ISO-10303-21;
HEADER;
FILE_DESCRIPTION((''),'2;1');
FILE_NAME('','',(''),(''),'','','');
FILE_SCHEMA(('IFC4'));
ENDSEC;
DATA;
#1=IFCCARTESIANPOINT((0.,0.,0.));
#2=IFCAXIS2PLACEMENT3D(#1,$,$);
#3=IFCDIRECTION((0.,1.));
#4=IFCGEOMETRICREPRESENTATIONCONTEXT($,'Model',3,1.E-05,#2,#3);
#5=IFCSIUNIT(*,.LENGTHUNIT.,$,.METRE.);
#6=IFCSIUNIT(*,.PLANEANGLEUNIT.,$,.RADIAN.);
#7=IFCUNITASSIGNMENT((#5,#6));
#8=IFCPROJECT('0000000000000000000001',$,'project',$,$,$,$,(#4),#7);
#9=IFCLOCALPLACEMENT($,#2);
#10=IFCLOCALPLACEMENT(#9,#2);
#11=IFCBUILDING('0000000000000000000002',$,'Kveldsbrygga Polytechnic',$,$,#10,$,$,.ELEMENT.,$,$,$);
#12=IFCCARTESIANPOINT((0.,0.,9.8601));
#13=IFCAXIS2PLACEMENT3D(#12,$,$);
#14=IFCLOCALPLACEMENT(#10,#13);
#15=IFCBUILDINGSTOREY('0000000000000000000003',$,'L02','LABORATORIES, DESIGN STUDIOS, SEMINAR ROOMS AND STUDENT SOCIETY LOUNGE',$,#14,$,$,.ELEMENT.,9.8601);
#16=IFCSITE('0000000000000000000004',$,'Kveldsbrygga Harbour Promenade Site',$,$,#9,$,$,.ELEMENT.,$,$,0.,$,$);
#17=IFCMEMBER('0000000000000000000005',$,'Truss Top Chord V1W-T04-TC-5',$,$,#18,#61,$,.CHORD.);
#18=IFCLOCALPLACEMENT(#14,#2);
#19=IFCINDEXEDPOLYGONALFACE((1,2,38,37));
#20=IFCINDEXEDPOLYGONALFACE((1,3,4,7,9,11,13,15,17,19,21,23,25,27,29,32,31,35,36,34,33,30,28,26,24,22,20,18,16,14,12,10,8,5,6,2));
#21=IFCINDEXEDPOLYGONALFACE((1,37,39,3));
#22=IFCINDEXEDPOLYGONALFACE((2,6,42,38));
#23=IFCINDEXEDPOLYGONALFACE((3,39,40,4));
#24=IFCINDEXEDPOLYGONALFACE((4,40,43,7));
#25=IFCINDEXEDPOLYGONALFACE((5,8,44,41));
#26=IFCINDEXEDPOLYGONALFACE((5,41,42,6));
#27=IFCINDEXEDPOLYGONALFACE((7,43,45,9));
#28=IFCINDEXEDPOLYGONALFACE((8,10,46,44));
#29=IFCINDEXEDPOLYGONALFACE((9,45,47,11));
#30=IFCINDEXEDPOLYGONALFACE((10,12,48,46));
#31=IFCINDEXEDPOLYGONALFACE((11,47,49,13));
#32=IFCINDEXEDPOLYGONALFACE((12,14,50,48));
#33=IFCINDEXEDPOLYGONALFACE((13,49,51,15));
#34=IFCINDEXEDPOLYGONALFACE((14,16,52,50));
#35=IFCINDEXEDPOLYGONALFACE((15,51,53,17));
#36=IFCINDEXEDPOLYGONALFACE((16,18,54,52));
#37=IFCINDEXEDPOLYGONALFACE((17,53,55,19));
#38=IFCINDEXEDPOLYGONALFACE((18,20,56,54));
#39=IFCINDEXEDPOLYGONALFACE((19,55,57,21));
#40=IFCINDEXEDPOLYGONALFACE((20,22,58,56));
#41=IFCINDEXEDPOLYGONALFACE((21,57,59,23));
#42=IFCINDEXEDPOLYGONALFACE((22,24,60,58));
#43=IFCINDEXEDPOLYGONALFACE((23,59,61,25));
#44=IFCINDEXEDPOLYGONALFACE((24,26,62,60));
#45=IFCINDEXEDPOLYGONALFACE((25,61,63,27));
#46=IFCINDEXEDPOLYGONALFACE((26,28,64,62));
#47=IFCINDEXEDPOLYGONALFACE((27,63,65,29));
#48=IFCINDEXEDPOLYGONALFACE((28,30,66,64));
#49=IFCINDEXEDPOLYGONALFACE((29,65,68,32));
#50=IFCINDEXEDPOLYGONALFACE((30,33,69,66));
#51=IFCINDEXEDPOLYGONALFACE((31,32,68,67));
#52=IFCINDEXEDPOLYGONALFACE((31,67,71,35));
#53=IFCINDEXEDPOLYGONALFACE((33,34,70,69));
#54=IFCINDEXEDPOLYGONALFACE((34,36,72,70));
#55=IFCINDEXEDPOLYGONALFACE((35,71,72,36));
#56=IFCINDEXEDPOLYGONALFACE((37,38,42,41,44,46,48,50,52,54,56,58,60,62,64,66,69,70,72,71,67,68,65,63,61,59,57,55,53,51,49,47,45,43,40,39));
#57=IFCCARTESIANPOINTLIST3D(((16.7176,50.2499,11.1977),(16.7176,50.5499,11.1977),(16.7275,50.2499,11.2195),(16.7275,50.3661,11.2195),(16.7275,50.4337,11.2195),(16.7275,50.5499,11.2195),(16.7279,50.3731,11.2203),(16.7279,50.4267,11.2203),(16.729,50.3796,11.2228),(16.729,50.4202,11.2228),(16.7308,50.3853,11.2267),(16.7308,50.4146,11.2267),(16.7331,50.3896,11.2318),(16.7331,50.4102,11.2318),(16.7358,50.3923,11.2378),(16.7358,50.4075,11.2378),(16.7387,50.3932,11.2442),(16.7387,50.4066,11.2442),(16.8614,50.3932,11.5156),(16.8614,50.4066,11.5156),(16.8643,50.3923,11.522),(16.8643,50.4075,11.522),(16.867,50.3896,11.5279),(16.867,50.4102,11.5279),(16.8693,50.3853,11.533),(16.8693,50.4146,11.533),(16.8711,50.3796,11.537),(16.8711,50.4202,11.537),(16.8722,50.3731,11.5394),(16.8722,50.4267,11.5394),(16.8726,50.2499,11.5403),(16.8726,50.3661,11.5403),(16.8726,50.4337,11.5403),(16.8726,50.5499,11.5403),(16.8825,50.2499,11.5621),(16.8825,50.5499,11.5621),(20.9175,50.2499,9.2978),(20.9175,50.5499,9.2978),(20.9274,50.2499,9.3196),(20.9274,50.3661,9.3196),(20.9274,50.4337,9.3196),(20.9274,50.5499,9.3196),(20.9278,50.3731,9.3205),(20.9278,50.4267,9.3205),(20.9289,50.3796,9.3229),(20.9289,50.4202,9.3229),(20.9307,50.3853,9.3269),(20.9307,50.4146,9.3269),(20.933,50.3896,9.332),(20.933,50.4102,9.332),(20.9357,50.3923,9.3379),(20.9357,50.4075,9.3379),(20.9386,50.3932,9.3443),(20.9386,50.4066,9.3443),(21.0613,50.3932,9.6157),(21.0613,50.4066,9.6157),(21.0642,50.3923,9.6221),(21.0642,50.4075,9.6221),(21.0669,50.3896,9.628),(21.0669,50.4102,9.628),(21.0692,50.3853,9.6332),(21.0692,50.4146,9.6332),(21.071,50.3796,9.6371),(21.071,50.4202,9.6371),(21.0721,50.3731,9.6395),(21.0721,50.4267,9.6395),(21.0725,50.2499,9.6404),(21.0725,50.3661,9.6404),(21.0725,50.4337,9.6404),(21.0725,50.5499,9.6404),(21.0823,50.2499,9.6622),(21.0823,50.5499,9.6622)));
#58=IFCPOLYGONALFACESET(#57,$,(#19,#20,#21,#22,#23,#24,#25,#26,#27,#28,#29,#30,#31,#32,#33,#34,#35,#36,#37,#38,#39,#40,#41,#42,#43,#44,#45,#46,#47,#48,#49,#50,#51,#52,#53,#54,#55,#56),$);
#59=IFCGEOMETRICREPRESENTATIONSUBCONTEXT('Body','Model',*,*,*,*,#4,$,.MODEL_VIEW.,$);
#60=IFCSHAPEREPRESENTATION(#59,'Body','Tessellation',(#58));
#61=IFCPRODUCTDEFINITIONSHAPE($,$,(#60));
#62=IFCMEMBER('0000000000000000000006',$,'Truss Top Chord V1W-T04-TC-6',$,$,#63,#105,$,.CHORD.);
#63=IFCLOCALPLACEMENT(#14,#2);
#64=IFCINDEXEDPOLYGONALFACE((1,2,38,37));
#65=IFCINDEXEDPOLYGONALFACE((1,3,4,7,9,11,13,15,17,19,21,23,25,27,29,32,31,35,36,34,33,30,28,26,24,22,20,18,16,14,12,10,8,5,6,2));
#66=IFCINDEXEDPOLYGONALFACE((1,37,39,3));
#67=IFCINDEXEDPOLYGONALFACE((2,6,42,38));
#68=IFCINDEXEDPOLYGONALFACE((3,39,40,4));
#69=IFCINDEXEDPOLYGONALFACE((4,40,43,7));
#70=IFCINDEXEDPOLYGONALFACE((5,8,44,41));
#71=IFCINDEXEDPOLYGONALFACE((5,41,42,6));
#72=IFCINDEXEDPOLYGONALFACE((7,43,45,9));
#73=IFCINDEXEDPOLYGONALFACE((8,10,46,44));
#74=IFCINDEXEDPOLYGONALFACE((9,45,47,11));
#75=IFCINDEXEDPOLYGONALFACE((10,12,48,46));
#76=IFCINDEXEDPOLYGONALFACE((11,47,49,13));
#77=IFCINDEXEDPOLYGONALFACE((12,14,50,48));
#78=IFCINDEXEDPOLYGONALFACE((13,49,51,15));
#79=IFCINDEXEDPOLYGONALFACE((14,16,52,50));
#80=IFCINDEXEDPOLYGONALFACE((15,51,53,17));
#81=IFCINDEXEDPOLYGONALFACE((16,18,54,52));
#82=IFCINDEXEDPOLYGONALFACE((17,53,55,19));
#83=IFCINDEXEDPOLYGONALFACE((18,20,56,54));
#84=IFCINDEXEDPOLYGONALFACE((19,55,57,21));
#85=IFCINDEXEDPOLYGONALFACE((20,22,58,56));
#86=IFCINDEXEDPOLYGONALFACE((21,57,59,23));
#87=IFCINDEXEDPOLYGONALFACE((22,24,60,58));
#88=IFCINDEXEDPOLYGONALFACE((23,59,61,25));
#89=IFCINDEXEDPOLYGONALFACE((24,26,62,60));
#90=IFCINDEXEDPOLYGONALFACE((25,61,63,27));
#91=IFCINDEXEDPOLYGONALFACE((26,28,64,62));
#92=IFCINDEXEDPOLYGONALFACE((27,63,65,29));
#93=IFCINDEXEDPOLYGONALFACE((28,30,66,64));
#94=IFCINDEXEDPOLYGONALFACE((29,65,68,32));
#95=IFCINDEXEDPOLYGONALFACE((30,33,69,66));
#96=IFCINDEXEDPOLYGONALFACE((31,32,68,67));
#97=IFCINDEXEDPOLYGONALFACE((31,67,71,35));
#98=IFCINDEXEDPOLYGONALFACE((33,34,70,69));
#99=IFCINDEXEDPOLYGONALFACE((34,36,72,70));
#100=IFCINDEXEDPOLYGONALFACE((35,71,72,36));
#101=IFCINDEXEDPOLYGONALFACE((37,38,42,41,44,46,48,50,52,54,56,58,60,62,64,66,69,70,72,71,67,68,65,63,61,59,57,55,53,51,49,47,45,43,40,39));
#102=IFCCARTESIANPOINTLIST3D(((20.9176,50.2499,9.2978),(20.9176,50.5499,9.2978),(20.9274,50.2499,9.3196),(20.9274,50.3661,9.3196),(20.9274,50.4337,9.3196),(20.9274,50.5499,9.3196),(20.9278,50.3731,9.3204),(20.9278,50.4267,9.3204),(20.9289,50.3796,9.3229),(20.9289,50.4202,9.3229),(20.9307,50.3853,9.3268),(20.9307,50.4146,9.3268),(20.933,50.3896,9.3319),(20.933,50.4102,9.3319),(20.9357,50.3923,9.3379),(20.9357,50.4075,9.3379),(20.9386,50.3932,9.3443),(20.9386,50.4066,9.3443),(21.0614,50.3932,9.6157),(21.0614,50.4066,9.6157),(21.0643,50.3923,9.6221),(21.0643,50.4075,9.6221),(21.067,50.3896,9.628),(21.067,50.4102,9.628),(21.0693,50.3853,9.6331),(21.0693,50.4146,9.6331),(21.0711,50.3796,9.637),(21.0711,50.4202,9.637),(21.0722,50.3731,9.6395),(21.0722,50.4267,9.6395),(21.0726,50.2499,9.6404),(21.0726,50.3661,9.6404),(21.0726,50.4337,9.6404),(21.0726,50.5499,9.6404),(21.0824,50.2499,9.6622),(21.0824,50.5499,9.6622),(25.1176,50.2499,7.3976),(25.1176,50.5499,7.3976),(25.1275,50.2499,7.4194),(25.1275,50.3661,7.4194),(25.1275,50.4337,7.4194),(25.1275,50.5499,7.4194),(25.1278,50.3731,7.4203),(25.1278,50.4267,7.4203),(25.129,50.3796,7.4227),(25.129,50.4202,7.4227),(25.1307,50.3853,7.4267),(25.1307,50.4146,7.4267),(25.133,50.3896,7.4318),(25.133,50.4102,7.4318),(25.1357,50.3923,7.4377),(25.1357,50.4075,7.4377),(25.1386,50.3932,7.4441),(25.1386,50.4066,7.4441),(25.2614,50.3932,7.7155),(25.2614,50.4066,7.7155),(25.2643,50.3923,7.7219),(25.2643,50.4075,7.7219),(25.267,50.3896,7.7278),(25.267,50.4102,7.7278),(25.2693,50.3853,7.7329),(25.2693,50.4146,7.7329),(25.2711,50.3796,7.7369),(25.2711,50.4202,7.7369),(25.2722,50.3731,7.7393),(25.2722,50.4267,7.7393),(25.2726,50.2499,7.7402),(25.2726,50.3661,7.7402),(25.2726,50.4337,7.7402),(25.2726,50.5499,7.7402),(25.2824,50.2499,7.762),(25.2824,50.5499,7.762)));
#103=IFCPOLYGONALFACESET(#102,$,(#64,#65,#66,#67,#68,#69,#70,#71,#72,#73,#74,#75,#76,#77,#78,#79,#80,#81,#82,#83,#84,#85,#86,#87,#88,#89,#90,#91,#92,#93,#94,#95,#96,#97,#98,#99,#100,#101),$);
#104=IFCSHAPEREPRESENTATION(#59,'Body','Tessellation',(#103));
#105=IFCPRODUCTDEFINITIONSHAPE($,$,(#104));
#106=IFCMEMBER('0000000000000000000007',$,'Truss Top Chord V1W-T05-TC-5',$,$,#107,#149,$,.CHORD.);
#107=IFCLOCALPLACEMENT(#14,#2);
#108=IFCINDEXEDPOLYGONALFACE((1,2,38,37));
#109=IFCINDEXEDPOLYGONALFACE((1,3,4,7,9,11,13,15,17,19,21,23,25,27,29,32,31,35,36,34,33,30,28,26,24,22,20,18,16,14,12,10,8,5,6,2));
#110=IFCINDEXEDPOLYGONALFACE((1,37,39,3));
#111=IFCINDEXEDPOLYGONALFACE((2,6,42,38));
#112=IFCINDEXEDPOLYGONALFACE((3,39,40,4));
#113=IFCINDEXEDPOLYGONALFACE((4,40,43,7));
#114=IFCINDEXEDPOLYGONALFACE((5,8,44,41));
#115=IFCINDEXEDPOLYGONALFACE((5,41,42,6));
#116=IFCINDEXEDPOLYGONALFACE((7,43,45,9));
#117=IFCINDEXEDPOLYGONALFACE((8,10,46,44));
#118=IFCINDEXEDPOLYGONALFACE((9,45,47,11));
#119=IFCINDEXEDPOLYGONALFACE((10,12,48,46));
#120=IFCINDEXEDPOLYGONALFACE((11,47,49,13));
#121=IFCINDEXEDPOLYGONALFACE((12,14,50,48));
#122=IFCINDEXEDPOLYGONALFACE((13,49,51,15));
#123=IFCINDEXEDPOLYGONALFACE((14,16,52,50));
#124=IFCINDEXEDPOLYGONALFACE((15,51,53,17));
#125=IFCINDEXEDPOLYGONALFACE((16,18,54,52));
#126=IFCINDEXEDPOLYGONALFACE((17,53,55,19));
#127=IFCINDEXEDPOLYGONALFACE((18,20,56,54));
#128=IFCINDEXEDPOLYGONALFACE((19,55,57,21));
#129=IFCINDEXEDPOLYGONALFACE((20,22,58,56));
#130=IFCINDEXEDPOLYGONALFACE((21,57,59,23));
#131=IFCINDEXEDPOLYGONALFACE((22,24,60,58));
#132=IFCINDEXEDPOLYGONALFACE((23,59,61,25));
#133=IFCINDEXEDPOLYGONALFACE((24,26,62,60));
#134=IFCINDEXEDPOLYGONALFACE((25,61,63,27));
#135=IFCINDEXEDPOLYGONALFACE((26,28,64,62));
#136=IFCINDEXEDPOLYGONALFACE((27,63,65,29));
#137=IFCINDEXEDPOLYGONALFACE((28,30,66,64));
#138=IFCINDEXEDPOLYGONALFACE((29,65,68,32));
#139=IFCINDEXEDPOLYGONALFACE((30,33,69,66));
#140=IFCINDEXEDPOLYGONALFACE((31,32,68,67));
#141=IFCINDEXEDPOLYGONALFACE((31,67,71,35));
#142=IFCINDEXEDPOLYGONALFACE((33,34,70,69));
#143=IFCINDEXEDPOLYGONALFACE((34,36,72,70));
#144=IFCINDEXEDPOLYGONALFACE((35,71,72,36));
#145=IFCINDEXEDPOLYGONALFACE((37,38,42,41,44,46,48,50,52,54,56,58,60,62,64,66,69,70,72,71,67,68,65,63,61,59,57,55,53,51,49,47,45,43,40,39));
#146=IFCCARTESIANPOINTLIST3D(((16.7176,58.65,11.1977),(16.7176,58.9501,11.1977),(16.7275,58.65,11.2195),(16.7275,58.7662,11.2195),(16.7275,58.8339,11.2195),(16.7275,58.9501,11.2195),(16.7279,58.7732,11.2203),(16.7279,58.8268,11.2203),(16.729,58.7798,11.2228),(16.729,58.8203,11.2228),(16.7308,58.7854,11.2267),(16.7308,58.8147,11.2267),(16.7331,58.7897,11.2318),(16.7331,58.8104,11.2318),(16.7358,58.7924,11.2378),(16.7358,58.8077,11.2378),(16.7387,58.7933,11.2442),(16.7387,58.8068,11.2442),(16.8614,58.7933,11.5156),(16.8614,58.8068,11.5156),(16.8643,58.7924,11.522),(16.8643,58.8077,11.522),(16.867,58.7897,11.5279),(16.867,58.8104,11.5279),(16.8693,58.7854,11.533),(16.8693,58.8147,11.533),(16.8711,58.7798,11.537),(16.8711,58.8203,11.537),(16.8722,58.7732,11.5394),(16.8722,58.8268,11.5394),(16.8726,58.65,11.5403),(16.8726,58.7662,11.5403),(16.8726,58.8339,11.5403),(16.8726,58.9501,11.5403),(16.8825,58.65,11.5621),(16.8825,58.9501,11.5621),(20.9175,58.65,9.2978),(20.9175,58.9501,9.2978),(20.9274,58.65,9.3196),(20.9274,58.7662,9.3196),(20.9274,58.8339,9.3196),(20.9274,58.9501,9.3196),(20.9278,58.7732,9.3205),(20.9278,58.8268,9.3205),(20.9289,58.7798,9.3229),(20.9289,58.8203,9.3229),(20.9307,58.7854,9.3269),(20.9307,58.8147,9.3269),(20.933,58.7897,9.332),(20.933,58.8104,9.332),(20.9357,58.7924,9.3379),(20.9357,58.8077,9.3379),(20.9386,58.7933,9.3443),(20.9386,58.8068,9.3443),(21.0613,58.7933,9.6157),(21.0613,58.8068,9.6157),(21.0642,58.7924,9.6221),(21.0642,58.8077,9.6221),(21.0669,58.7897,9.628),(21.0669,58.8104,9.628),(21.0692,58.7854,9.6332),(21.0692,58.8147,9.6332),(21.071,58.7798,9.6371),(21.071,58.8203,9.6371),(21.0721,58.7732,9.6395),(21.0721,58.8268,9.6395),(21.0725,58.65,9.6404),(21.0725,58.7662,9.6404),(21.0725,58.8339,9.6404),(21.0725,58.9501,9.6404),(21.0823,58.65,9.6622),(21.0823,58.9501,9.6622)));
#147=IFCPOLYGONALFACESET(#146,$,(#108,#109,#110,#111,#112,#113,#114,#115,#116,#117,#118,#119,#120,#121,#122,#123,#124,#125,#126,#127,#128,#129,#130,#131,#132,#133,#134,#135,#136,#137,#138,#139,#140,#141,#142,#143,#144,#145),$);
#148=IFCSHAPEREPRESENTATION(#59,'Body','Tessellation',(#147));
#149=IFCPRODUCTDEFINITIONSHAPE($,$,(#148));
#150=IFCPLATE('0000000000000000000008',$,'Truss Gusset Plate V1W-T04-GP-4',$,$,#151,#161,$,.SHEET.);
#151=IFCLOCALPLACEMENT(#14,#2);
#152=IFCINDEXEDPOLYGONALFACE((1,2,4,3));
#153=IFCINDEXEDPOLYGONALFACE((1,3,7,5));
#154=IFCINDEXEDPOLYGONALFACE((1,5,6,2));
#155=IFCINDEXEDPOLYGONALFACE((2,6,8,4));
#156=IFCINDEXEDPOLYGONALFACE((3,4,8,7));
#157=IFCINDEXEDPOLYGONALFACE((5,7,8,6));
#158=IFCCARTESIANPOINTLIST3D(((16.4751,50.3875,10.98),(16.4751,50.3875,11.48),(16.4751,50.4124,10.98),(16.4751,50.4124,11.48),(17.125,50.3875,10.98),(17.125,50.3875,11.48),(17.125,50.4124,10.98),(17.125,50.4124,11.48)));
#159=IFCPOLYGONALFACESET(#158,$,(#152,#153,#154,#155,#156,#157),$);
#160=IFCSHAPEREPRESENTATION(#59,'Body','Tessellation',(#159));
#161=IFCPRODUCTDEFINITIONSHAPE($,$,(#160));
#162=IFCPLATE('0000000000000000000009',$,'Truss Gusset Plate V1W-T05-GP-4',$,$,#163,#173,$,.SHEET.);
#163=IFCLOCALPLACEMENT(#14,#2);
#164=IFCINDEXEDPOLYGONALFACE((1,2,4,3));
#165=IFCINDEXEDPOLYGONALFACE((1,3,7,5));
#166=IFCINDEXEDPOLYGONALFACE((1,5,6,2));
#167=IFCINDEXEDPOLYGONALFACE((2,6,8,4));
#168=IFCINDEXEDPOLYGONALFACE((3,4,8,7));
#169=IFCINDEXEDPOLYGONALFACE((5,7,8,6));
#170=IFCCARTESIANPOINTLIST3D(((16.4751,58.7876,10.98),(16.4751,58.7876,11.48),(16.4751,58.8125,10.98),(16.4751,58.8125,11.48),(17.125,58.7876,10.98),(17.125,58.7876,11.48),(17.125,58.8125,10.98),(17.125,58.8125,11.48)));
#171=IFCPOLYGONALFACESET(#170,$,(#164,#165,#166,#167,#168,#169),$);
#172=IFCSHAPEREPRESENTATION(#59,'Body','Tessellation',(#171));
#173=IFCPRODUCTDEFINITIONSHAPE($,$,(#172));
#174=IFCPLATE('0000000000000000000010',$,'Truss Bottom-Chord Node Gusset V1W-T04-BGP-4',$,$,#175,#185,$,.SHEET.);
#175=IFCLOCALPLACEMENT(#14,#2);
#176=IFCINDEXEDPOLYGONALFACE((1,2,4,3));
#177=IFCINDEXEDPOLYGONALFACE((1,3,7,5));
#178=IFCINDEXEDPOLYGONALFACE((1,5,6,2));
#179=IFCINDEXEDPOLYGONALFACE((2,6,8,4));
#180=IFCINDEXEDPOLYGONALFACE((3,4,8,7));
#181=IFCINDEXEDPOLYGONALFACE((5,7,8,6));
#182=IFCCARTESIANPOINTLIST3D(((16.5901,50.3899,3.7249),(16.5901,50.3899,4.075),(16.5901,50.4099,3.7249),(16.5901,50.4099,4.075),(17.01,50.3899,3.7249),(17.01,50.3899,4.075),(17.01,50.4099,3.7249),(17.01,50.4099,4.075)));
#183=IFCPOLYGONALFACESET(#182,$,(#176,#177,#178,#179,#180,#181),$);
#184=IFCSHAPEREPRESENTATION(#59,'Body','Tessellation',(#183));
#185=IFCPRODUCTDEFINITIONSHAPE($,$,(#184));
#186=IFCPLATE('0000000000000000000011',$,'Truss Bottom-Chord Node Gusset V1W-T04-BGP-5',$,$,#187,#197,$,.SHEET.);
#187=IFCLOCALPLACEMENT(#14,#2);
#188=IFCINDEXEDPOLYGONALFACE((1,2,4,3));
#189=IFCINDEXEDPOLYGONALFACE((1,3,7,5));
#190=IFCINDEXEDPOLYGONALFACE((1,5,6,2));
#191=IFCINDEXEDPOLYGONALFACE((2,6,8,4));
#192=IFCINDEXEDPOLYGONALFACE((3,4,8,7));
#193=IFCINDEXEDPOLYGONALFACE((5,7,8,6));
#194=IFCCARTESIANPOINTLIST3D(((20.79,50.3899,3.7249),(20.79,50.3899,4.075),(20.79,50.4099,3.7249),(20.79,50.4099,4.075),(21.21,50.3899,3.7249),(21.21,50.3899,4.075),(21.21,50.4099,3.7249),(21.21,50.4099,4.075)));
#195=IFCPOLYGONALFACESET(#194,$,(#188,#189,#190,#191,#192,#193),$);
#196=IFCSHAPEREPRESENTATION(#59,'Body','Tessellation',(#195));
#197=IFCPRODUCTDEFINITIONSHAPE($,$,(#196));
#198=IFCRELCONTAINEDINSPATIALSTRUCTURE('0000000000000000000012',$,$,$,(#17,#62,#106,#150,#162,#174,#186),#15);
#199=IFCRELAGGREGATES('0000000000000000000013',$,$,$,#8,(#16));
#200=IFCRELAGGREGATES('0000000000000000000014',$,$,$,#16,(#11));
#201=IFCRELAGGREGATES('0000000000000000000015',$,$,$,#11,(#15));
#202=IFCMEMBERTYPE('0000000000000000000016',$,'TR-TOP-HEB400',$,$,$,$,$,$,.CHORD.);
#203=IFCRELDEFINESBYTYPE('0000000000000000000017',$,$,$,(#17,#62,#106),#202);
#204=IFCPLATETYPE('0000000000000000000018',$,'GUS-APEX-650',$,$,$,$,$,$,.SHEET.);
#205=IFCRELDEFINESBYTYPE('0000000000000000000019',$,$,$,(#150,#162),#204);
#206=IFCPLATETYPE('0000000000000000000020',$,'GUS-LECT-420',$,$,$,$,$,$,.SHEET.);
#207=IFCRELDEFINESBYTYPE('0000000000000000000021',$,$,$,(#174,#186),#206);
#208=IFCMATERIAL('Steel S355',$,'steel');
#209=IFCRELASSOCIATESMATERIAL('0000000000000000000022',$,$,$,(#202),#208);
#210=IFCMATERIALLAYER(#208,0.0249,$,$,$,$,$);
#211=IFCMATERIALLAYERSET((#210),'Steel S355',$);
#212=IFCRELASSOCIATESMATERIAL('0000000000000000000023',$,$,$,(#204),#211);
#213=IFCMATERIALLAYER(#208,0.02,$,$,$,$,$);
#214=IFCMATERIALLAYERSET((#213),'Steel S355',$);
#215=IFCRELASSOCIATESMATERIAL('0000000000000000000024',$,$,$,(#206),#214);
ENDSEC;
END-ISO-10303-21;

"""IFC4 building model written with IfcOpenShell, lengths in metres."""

from ifc_helpers import new_model, si_unit, direction, frame, origin, origin_2d, place, context, subcontext, project, spatial, rectangle, i_section, extrude, material, layer, layer_set, material_profile, profile_set, type_object, element, save


model = new_model("IFC4")

# Units and contexts
model_context = context("Model", 3, precision=1e-05, world=origin(), true_north=direction((0.0, 1.0)))
body_context = subcontext(model_context, "Body", "Model", "MODEL_VIEW")
ifc_project = project(units=[si_unit("LENGTHUNIT", "METRE"), si_unit("PLANEANGLEUNIT", "RADIAN")], contexts=[model_context])

# Site, building, storey
site_placement = place(None, origin())
site = spatial("IfcSite", under=ifc_project, at=site_placement, Name="Kveldsbrygga Harbour Promenade Site", CompositionType="ELEMENT", RefElevation=0.0)
building_placement = place(site_placement, origin())
building = spatial("IfcBuilding", under=site, at=building_placement, Name="Kveldsbrygga Polytechnic", CompositionType="ELEMENT")
storey_placement = place(building_placement, frame((0.0, 0.0, 9.8601)))
storey = spatial("IfcBuildingStorey", under=building, at=storey_placement, Name="L02", Description="LABORATORIES, DESIGN STUDIOS, SEMINAR ROOMS AND STUDENT SOCIETY LOUNGE", CompositionType="ELEMENT", Elevation=9.8601)

# Members
ifc_material_1 = material(Name="Steel S355", Category="steel")
ifc_material_profile_1 = material_profile(ifc_material_1, i_section(OverallWidth=0.3, OverallDepth=0.3999, WebThickness=0.0134, FlangeThickness=0.0239, FilletRadius=0.0271, at=origin_2d()), Name="HEB 400")
ifc_profile_set_1 = profile_set([ifc_material_profile_1], Name="Steel S355")
member_type_1 = type_object("IfcMemberType", Name="TR-TOP-HEB400", PredefinedType="CHORD", material=ifc_profile_set_1)
member_1_placement = place(storey_placement, frame((16.8, 50.3999, 11.3799), z_axis=(0.911114, 0.0, -0.412154), x_axis=(0.0, 1.0, 0.0)))
element("IfcMember", 1, at=member_1_placement, inside=storey, type_object=member_type_1, Name="Truss Top Chord V1W-T04-TC-5", PredefinedType="CHORD", context=body_context, shape_type="SweptSolid", body=[
    extrude(i_section(OverallWidth=0.3, OverallDepth=0.3999, WebThickness=0.0134, FlangeThickness=0.0239, FilletRadius=0.0271, at=origin_2d()), origin(), (0.0, 0.0, 1.0), 4.6096),
])
member_2_placement = place(storey_placement, frame((21.0, 50.3999, 9.48), z_axis=(0.911094, 0.0, -0.412198), x_axis=(0.0, 1.0, 0.0)))
element("IfcMember", 2, at=member_2_placement, inside=storey, type_object=member_type_1, Name="Truss Top Chord V1W-T04-TC-6", PredefinedType="CHORD", context=body_context, shape_type="SweptSolid", body=[
    extrude(i_section(OverallWidth=0.3, OverallDepth=0.3999, WebThickness=0.0134, FlangeThickness=0.0239, FilletRadius=0.0271, at=origin_2d()), origin(), (0.0, 0.0, 1.0), 4.6099),
])
member_3_placement = place(storey_placement, frame((16.8, 58.8, 11.3799), z_axis=(0.911114, 0.0, -0.412154), x_axis=(0.0, 1.0, 0.0)))
element("IfcMember", 3, at=member_3_placement, inside=storey, type_object=member_type_1, Name="Truss Top Chord V1W-T05-TC-5", PredefinedType="CHORD", context=body_context, shape_type="SweptSolid", body=[
    extrude(i_section(OverallWidth=0.3, OverallDepth=0.3999, WebThickness=0.0134, FlangeThickness=0.0239, FilletRadius=0.0271, at=origin_2d()), origin(), (0.0, 0.0, 1.0), 4.6096),
])

# Plates
ifc_layer_1 = layer(ifc_material_1, 0.0249)
ifc_layer_set_1 = layer_set([ifc_layer_1], Name="Steel S355")
plate_type_1 = type_object("IfcPlateType", Name="GUS-APEX-650", PredefinedType="SHEET", material=ifc_layer_set_1)
for number, where, z_axis, x_axis, name in (
    (4, (16.8, 50.3999, 10.98), (0.0, 0.0, 1.0), (1.0, 0.0, 0.0), "Truss Gusset Plate V1W-T04-GP-4"),
    (5, (16.8, 58.8, 10.98), (0.0, 0.0, 1.0), (1.0, 0.0, 0.0), "Truss Gusset Plate V1W-T05-GP-4"),
):
    element("IfcPlate", number, at=place(storey_placement, frame(where, z_axis=z_axis, x_axis=x_axis)), inside=storey, type_object=plate_type_1, Name=name, PredefinedType="SHEET", context=body_context, shape_type="SweptSolid", body=[
        extrude(rectangle(XDim=0.6499, YDim=0.0249, at=origin_2d()), origin(), (0.0, 0.0, 1.0), 0.5),
    ])
ifc_layer_2 = layer(ifc_material_1, 0.02)
ifc_layer_set_2 = layer_set([ifc_layer_2], Name="Steel S355")
plate_type_2 = type_object("IfcPlateType", Name="GUS-LECT-420", PredefinedType="SHEET", material=ifc_layer_set_2)
for number, where, z_axis, x_axis, name in (
    (6, (16.8, 50.3999, 3.7249), (0.0, 0.0, 1.0), (1.0, 0.0, 0.0), "Truss Bottom-Chord Node Gusset V1W-T04-BGP-4"),
    (7, (21.0, 50.3999, 3.7249), (0.0, 0.0, 1.0), (1.0, 0.0, 0.0), "Truss Bottom-Chord Node Gusset V1W-T04-BGP-5"),
):
    element("IfcPlate", number, at=place(storey_placement, frame(where, z_axis=z_axis, x_axis=x_axis)), inside=storey, type_object=plate_type_2, Name=name, PredefinedType="SHEET", context=body_context, shape_type="SweptSolid", body=[
        extrude(rectangle(XDim=0.4199, YDim=0.02, at=origin_2d()), origin(), (0.0, 0.0, 1.0), 0.3501),
    ])

save(model, "model.ifc")
